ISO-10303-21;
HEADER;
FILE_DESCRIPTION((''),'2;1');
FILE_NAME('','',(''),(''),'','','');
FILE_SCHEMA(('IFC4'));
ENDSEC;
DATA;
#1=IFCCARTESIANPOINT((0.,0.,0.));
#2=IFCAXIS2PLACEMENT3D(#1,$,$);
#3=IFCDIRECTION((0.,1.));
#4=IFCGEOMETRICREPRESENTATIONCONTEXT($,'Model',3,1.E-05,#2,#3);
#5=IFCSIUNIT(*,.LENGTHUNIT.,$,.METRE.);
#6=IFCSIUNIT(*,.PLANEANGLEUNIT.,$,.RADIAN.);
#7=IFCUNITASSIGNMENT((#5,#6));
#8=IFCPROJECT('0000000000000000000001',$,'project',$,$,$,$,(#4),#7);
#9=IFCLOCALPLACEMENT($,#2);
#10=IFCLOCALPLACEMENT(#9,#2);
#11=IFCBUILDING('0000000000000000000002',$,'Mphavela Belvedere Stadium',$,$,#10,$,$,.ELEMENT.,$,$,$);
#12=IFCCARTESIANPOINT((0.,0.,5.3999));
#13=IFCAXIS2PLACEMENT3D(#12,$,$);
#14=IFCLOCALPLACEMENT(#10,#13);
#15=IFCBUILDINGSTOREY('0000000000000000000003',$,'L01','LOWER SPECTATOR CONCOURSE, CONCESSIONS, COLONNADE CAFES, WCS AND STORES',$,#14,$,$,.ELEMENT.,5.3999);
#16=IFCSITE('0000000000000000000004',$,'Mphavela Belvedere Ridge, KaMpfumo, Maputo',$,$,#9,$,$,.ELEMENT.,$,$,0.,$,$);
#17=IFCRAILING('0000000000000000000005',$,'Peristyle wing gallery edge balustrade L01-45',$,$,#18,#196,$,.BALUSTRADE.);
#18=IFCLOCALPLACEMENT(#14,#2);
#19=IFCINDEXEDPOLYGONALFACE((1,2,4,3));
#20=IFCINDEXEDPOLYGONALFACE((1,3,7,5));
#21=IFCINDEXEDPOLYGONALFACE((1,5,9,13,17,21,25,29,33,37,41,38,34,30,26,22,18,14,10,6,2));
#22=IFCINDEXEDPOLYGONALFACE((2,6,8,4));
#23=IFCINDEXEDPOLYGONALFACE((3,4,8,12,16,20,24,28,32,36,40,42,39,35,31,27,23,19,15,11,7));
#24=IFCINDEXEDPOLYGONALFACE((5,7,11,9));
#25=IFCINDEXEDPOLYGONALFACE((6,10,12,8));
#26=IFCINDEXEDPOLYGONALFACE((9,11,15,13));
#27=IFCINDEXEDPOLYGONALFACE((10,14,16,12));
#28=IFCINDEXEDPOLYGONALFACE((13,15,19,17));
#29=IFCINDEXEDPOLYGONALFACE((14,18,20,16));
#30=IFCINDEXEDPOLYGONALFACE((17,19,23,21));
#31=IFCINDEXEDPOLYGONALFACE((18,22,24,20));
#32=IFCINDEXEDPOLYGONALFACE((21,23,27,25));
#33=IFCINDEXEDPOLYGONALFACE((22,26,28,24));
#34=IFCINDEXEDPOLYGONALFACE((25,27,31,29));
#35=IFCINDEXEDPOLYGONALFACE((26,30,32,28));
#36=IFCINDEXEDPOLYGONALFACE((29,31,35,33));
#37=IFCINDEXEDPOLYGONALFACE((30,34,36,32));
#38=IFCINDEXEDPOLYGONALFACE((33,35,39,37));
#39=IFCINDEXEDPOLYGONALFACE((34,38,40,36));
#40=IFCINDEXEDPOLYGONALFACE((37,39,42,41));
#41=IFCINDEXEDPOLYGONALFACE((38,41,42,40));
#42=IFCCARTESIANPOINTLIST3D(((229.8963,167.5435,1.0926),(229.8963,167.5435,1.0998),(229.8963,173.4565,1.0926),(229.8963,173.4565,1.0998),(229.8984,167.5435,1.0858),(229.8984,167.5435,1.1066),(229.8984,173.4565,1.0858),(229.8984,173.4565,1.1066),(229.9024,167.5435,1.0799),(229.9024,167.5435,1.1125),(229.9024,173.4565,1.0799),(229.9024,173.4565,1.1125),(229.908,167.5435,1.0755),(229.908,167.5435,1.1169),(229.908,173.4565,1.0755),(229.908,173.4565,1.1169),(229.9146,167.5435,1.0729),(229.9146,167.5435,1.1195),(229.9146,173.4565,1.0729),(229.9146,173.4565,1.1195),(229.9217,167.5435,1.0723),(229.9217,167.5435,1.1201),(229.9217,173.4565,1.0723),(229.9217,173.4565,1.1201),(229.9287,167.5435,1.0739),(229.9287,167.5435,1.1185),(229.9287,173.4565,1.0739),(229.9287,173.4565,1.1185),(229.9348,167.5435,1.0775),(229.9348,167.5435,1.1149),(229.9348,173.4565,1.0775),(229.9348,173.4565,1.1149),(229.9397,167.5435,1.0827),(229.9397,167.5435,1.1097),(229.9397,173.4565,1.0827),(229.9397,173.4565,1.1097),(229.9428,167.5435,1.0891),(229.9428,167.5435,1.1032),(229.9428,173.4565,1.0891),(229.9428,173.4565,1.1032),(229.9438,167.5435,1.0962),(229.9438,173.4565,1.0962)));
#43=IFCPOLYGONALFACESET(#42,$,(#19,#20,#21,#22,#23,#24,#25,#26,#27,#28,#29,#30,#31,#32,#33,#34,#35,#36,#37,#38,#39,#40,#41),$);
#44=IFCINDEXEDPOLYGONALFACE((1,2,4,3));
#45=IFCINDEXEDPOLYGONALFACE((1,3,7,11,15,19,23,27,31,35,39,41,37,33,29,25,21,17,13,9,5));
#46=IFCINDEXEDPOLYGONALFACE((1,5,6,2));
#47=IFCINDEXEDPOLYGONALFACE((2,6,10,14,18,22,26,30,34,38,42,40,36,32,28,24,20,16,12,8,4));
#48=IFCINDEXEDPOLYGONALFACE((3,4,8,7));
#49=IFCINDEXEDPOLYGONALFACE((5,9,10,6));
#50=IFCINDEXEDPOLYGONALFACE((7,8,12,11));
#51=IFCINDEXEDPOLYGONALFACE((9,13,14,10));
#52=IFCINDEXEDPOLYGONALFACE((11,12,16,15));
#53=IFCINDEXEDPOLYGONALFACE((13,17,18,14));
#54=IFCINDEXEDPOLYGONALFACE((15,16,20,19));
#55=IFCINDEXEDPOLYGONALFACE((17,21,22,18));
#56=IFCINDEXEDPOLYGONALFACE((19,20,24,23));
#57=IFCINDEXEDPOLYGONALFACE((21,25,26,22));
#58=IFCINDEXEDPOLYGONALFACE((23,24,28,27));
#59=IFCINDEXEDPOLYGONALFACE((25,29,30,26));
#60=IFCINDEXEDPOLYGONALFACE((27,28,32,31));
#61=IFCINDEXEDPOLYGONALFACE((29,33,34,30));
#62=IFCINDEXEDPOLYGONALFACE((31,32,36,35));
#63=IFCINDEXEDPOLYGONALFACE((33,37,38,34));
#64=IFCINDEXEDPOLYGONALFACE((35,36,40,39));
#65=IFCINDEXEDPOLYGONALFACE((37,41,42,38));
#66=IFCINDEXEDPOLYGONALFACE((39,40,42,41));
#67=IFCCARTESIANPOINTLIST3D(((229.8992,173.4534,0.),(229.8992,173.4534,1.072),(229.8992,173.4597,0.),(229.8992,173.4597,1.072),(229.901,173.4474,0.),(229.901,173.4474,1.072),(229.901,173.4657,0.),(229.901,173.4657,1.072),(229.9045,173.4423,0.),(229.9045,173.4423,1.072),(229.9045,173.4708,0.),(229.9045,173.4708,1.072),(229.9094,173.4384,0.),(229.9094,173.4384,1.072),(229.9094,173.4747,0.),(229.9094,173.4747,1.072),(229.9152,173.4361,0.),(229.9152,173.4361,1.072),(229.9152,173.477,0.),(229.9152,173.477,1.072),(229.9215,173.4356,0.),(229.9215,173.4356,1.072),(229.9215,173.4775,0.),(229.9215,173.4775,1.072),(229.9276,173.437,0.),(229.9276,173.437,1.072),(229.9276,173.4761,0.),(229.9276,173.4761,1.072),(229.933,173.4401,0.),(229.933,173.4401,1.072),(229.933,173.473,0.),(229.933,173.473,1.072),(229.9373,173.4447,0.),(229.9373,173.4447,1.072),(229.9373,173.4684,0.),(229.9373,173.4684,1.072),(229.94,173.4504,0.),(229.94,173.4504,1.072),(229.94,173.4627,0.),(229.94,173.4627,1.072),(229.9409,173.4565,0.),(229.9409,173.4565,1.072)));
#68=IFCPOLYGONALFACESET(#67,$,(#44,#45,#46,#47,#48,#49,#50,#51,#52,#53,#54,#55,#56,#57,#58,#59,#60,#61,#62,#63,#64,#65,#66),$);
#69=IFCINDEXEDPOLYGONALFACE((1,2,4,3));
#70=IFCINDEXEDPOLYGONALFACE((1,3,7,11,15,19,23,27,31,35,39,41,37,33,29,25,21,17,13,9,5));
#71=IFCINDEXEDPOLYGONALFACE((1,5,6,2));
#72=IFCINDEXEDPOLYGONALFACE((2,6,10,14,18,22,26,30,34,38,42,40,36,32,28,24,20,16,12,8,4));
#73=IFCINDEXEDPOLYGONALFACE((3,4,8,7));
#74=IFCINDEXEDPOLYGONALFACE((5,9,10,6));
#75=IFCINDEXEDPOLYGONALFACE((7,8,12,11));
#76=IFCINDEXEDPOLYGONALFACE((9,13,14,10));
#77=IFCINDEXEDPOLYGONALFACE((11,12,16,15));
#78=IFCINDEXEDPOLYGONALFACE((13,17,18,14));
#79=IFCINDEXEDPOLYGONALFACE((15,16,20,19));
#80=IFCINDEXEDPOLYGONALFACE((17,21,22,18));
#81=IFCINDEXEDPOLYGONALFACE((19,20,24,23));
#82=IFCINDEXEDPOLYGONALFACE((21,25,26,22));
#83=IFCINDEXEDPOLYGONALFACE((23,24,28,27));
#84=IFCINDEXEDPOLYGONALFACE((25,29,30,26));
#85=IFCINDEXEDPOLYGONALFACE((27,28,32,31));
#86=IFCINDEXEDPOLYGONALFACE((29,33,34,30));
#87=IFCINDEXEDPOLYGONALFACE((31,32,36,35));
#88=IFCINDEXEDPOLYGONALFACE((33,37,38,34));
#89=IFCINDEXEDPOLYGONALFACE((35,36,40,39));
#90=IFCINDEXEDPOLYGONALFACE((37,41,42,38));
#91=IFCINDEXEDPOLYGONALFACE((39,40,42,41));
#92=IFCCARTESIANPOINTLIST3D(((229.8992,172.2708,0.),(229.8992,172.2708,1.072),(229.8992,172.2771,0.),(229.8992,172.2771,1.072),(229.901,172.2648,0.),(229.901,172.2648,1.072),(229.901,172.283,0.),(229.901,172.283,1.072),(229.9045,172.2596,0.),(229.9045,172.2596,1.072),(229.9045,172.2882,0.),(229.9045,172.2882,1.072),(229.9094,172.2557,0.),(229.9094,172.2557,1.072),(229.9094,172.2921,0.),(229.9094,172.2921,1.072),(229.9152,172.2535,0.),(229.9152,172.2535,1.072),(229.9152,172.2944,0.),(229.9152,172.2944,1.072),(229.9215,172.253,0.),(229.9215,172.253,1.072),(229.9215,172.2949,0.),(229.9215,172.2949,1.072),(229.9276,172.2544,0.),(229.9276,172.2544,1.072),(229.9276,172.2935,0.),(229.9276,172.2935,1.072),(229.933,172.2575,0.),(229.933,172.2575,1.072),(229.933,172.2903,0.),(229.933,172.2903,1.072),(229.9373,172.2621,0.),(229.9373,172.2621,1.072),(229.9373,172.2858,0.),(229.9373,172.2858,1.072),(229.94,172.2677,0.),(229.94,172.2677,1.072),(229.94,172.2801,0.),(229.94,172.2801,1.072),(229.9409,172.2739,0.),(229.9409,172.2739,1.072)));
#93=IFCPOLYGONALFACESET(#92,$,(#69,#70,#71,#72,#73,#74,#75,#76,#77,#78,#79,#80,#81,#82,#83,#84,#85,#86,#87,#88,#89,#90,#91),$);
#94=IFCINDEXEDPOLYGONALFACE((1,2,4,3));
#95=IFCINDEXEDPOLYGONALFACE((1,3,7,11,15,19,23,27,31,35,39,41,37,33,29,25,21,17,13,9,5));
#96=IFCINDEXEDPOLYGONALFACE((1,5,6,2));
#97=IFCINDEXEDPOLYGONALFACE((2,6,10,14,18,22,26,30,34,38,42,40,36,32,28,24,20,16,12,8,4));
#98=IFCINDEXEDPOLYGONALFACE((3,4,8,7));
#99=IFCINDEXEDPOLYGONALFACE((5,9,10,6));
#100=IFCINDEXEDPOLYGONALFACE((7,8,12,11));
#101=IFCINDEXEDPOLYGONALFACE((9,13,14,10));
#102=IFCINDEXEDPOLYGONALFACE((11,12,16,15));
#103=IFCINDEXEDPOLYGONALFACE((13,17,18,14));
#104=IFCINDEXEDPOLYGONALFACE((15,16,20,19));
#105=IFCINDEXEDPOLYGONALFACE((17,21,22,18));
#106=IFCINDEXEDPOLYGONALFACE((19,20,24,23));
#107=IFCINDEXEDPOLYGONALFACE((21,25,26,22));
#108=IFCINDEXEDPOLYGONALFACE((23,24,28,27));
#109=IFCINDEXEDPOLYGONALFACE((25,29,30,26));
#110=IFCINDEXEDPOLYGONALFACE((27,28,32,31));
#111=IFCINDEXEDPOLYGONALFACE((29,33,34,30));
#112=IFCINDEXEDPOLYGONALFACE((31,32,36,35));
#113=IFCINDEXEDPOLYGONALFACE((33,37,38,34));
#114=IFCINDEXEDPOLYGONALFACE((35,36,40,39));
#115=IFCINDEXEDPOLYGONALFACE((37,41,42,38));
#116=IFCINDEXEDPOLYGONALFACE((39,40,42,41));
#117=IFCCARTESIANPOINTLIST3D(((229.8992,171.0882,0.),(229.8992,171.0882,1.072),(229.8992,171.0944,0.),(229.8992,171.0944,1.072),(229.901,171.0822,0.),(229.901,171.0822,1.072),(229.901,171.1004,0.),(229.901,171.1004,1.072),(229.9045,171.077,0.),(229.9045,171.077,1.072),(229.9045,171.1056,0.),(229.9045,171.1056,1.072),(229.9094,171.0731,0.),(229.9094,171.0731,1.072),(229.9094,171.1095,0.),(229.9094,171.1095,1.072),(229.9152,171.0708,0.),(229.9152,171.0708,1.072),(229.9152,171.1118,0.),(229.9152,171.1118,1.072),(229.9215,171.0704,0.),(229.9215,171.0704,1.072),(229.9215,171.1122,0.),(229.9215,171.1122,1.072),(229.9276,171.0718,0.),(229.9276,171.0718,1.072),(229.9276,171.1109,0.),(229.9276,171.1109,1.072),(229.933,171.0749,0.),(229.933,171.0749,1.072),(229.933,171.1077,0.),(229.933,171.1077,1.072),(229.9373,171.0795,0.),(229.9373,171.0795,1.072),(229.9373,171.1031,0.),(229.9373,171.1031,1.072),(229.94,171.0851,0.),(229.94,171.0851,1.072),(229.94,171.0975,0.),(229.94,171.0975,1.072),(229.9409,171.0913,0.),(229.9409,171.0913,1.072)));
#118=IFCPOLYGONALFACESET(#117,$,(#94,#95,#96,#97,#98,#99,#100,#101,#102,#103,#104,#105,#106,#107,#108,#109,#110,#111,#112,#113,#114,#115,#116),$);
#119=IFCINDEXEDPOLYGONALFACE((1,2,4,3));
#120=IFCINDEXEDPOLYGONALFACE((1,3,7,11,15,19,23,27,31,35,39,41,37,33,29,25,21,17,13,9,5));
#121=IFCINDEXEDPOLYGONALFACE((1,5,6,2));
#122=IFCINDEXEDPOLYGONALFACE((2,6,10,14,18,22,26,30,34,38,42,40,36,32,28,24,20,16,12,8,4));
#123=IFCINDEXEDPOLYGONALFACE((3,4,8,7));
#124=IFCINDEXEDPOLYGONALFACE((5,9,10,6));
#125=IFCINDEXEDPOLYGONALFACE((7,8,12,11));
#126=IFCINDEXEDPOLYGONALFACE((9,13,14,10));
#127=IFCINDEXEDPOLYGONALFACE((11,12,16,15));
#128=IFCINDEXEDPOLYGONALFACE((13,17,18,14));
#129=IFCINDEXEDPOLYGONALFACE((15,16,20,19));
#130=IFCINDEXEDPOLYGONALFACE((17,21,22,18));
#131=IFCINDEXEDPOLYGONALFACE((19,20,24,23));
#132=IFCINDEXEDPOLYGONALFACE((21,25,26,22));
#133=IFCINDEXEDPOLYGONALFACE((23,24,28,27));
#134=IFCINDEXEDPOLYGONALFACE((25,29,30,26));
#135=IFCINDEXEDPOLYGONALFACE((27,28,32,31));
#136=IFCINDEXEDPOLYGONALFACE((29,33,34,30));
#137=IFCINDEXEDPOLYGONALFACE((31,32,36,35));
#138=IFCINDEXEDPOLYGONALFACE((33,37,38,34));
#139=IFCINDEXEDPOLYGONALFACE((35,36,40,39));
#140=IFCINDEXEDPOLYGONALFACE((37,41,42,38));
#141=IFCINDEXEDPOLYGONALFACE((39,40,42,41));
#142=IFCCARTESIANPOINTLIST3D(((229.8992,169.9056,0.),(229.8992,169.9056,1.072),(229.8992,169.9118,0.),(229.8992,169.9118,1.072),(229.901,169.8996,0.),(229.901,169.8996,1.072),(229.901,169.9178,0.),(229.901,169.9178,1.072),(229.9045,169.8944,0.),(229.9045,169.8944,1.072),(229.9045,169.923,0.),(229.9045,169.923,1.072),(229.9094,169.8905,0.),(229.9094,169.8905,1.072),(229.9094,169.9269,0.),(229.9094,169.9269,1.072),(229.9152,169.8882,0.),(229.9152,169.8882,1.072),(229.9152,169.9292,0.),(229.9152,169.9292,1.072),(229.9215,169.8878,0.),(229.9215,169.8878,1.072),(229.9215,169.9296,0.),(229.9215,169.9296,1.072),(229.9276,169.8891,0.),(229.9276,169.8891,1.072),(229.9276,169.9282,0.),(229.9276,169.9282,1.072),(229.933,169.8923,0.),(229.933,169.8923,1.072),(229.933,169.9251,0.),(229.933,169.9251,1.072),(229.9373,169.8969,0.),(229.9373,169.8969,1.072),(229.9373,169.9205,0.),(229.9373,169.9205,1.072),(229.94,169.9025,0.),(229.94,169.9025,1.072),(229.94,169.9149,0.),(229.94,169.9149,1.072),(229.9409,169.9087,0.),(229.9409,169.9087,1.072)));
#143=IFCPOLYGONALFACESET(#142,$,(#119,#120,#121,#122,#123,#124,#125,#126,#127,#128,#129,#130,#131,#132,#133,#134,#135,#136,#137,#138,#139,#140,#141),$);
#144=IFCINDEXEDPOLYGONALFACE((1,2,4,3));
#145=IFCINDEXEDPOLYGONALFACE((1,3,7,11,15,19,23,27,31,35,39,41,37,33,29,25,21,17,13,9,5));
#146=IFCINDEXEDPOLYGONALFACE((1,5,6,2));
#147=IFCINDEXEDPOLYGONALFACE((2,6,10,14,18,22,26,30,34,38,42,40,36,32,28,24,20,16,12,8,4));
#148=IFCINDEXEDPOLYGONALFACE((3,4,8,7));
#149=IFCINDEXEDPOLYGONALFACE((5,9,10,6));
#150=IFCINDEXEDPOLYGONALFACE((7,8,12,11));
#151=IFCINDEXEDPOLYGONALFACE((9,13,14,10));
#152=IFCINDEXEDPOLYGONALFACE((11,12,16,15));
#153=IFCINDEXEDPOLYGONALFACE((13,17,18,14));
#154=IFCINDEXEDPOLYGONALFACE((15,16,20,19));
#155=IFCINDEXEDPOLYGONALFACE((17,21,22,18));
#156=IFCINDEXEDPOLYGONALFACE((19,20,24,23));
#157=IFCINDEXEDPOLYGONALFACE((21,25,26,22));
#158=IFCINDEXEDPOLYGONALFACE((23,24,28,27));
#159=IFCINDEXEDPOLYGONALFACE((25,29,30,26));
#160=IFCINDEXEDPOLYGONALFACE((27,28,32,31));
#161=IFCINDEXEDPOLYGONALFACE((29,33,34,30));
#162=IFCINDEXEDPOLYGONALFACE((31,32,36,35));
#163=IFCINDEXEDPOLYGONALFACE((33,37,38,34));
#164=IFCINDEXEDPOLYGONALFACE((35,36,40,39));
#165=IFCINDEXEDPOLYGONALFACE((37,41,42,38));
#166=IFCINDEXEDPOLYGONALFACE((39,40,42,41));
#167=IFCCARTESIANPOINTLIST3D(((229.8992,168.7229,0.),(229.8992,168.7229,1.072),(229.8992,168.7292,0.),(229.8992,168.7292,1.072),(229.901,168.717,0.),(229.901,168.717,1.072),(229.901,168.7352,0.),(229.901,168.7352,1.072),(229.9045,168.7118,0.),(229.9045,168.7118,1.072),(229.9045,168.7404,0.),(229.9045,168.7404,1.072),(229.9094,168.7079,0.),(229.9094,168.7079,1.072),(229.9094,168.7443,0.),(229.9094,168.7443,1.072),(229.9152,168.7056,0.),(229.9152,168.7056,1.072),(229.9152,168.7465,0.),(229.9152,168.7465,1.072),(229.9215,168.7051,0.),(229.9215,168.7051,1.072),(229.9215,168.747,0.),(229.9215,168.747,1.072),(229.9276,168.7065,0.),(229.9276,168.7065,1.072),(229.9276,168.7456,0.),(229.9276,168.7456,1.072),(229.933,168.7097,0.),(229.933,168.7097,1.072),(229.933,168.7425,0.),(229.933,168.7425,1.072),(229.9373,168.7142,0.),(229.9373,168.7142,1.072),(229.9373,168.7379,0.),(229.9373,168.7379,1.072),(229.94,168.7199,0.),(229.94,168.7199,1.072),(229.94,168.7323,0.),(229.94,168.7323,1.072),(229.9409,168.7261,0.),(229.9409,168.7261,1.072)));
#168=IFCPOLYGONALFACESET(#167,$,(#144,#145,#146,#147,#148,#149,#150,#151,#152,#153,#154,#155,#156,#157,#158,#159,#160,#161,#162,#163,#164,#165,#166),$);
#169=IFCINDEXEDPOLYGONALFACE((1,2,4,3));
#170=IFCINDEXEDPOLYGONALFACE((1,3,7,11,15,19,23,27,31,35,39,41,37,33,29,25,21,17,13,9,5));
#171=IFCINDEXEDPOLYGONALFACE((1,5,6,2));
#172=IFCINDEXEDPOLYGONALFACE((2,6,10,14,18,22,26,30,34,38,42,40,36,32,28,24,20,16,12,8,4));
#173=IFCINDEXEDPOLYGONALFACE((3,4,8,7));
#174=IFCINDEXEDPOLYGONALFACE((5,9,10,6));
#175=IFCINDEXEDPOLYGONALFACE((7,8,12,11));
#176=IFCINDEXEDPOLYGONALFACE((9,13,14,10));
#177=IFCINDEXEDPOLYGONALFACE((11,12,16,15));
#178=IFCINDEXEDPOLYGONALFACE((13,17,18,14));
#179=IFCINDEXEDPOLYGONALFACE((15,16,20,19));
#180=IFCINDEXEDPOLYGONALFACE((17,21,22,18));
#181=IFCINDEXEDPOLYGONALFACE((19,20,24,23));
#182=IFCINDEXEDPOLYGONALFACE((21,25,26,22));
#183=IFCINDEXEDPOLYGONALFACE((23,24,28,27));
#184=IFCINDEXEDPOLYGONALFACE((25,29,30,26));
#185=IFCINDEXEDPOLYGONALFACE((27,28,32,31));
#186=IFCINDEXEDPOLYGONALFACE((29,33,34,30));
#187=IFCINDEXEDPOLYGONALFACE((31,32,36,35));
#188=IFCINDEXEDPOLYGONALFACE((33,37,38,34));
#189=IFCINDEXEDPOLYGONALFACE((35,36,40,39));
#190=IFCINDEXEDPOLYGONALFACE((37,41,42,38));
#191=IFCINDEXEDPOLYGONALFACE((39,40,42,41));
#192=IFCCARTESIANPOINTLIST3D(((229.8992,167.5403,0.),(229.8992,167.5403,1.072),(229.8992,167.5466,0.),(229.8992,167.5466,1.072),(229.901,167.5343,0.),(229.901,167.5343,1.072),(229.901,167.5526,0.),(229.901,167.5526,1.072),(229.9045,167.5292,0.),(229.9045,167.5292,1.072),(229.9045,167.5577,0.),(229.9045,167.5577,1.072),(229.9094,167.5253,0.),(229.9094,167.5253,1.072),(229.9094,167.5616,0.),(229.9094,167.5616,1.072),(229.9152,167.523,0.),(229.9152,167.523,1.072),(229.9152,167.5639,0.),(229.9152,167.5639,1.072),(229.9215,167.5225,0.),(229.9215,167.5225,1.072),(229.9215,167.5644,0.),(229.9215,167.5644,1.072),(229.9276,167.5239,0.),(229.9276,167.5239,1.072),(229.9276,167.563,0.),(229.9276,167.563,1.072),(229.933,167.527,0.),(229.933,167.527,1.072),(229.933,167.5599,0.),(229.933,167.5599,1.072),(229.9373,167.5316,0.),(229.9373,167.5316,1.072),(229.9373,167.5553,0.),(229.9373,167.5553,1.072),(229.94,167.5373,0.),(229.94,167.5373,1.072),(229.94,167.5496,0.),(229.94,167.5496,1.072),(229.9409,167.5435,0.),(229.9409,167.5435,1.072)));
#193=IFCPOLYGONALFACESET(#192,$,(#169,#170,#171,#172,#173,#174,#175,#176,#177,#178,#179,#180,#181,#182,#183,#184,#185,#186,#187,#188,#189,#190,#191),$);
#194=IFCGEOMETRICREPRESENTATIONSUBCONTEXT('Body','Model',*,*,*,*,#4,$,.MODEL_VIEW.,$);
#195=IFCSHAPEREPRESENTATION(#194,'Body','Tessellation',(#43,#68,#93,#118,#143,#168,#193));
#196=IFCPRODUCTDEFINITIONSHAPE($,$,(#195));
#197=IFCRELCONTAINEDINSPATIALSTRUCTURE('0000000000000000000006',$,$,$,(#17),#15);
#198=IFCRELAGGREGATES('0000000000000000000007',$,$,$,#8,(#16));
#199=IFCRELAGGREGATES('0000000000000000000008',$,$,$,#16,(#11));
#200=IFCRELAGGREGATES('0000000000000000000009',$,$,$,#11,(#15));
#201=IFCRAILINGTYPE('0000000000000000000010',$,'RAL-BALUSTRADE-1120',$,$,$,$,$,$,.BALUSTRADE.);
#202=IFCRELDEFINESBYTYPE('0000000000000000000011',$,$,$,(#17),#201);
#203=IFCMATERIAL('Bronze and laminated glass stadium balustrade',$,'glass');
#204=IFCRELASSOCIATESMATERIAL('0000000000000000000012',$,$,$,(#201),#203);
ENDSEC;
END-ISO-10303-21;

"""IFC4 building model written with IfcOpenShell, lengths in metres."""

from ifc_helpers import new_model, si_unit, direction, frame, origin, origin_2d, place, context, subcontext, project, spatial, circle, extrude, material, type_object, element, save


model = new_model("IFC4")

# Units and contexts
model_context = context("Model", 3, precision=1e-05, world=origin(), true_north=direction((0.0, 1.0)))
body_context = subcontext(model_context, "Body", "Model", "MODEL_VIEW")
ifc_project = project(units=[si_unit("LENGTHUNIT", "METRE"), si_unit("PLANEANGLEUNIT", "RADIAN")], contexts=[model_context])

# Site, building, storey
site_placement = place(None, origin())
site = spatial("IfcSite", under=ifc_project, at=site_placement, Name="Mphavela Belvedere Ridge, KaMpfumo, Maputo", CompositionType="ELEMENT", RefElevation=0.0)
building_placement = place(site_placement, origin())
building = spatial("IfcBuilding", under=site, at=building_placement, Name="Mphavela Belvedere Stadium", CompositionType="ELEMENT")
storey_placement = place(building_placement, frame((0.0, 0.0, 5.3999)))
storey = spatial("IfcBuildingStorey", under=building, at=storey_placement, Name="L01", Description="LOWER SPECTATOR CONCOURSE, CONCESSIONS, COLONNADE CAFES, WCS AND STORES", CompositionType="ELEMENT", Elevation=5.3999)

# Railing
ifc_material_1 = material(Name="Bronze and laminated glass stadium balustrade", Category="glass")
railing_type = type_object("IfcRailingType", Name="RAL-BALUSTRADE-1120", PredefinedType="BALUSTRADE", material=ifc_material_1)
for number, where, name in (
    (1, (229.9199, 173.4565, 0.0), "Peristyle wing gallery edge balustrade L01-45"),
):
    element("IfcRailing", number, at=place(storey_placement, frame(where)), inside=storey, type_object=railing_type, Name=name, PredefinedType="BALUSTRADE", context=body_context, shape_type="SweptSolid", body=[
        extrude(circle(Radius=0.0239, at=origin_2d()), frame((0.0, 0.0, 1.0962), z_axis=(0.0, -1.0, 0.0), x_axis=(1.0, 0.0, 0.0)), (0.0, 0.0, 1.0), 5.9131),
        extrude(circle(Radius=0.021, at=origin_2d()), origin(), (0.0, 0.0, 1.0), 1.072),
        extrude(circle(Radius=0.021, at=origin_2d()), frame((0.0, -1.1826, 0.0)), (0.0, 0.0, 1.0), 1.072),
        extrude(circle(Radius=0.021, at=origin_2d()), frame((0.0, -2.3652, 0.0)), (0.0, 0.0, 1.0), 1.072),
        extrude(circle(Radius=0.021, at=origin_2d()), frame((0.0, -3.5479, 0.0)), (0.0, 0.0, 1.0), 1.072),
        extrude(circle(Radius=0.021, at=origin_2d()), frame((0.0, -4.7305, 0.0)), (0.0, 0.0, 1.0), 1.072),
        extrude(circle(Radius=0.021, at=origin_2d()), frame((0.0, -5.9131, 0.0)), (0.0, 0.0, 1.0), 1.072),
    ])

save(model, "model.ifc")
